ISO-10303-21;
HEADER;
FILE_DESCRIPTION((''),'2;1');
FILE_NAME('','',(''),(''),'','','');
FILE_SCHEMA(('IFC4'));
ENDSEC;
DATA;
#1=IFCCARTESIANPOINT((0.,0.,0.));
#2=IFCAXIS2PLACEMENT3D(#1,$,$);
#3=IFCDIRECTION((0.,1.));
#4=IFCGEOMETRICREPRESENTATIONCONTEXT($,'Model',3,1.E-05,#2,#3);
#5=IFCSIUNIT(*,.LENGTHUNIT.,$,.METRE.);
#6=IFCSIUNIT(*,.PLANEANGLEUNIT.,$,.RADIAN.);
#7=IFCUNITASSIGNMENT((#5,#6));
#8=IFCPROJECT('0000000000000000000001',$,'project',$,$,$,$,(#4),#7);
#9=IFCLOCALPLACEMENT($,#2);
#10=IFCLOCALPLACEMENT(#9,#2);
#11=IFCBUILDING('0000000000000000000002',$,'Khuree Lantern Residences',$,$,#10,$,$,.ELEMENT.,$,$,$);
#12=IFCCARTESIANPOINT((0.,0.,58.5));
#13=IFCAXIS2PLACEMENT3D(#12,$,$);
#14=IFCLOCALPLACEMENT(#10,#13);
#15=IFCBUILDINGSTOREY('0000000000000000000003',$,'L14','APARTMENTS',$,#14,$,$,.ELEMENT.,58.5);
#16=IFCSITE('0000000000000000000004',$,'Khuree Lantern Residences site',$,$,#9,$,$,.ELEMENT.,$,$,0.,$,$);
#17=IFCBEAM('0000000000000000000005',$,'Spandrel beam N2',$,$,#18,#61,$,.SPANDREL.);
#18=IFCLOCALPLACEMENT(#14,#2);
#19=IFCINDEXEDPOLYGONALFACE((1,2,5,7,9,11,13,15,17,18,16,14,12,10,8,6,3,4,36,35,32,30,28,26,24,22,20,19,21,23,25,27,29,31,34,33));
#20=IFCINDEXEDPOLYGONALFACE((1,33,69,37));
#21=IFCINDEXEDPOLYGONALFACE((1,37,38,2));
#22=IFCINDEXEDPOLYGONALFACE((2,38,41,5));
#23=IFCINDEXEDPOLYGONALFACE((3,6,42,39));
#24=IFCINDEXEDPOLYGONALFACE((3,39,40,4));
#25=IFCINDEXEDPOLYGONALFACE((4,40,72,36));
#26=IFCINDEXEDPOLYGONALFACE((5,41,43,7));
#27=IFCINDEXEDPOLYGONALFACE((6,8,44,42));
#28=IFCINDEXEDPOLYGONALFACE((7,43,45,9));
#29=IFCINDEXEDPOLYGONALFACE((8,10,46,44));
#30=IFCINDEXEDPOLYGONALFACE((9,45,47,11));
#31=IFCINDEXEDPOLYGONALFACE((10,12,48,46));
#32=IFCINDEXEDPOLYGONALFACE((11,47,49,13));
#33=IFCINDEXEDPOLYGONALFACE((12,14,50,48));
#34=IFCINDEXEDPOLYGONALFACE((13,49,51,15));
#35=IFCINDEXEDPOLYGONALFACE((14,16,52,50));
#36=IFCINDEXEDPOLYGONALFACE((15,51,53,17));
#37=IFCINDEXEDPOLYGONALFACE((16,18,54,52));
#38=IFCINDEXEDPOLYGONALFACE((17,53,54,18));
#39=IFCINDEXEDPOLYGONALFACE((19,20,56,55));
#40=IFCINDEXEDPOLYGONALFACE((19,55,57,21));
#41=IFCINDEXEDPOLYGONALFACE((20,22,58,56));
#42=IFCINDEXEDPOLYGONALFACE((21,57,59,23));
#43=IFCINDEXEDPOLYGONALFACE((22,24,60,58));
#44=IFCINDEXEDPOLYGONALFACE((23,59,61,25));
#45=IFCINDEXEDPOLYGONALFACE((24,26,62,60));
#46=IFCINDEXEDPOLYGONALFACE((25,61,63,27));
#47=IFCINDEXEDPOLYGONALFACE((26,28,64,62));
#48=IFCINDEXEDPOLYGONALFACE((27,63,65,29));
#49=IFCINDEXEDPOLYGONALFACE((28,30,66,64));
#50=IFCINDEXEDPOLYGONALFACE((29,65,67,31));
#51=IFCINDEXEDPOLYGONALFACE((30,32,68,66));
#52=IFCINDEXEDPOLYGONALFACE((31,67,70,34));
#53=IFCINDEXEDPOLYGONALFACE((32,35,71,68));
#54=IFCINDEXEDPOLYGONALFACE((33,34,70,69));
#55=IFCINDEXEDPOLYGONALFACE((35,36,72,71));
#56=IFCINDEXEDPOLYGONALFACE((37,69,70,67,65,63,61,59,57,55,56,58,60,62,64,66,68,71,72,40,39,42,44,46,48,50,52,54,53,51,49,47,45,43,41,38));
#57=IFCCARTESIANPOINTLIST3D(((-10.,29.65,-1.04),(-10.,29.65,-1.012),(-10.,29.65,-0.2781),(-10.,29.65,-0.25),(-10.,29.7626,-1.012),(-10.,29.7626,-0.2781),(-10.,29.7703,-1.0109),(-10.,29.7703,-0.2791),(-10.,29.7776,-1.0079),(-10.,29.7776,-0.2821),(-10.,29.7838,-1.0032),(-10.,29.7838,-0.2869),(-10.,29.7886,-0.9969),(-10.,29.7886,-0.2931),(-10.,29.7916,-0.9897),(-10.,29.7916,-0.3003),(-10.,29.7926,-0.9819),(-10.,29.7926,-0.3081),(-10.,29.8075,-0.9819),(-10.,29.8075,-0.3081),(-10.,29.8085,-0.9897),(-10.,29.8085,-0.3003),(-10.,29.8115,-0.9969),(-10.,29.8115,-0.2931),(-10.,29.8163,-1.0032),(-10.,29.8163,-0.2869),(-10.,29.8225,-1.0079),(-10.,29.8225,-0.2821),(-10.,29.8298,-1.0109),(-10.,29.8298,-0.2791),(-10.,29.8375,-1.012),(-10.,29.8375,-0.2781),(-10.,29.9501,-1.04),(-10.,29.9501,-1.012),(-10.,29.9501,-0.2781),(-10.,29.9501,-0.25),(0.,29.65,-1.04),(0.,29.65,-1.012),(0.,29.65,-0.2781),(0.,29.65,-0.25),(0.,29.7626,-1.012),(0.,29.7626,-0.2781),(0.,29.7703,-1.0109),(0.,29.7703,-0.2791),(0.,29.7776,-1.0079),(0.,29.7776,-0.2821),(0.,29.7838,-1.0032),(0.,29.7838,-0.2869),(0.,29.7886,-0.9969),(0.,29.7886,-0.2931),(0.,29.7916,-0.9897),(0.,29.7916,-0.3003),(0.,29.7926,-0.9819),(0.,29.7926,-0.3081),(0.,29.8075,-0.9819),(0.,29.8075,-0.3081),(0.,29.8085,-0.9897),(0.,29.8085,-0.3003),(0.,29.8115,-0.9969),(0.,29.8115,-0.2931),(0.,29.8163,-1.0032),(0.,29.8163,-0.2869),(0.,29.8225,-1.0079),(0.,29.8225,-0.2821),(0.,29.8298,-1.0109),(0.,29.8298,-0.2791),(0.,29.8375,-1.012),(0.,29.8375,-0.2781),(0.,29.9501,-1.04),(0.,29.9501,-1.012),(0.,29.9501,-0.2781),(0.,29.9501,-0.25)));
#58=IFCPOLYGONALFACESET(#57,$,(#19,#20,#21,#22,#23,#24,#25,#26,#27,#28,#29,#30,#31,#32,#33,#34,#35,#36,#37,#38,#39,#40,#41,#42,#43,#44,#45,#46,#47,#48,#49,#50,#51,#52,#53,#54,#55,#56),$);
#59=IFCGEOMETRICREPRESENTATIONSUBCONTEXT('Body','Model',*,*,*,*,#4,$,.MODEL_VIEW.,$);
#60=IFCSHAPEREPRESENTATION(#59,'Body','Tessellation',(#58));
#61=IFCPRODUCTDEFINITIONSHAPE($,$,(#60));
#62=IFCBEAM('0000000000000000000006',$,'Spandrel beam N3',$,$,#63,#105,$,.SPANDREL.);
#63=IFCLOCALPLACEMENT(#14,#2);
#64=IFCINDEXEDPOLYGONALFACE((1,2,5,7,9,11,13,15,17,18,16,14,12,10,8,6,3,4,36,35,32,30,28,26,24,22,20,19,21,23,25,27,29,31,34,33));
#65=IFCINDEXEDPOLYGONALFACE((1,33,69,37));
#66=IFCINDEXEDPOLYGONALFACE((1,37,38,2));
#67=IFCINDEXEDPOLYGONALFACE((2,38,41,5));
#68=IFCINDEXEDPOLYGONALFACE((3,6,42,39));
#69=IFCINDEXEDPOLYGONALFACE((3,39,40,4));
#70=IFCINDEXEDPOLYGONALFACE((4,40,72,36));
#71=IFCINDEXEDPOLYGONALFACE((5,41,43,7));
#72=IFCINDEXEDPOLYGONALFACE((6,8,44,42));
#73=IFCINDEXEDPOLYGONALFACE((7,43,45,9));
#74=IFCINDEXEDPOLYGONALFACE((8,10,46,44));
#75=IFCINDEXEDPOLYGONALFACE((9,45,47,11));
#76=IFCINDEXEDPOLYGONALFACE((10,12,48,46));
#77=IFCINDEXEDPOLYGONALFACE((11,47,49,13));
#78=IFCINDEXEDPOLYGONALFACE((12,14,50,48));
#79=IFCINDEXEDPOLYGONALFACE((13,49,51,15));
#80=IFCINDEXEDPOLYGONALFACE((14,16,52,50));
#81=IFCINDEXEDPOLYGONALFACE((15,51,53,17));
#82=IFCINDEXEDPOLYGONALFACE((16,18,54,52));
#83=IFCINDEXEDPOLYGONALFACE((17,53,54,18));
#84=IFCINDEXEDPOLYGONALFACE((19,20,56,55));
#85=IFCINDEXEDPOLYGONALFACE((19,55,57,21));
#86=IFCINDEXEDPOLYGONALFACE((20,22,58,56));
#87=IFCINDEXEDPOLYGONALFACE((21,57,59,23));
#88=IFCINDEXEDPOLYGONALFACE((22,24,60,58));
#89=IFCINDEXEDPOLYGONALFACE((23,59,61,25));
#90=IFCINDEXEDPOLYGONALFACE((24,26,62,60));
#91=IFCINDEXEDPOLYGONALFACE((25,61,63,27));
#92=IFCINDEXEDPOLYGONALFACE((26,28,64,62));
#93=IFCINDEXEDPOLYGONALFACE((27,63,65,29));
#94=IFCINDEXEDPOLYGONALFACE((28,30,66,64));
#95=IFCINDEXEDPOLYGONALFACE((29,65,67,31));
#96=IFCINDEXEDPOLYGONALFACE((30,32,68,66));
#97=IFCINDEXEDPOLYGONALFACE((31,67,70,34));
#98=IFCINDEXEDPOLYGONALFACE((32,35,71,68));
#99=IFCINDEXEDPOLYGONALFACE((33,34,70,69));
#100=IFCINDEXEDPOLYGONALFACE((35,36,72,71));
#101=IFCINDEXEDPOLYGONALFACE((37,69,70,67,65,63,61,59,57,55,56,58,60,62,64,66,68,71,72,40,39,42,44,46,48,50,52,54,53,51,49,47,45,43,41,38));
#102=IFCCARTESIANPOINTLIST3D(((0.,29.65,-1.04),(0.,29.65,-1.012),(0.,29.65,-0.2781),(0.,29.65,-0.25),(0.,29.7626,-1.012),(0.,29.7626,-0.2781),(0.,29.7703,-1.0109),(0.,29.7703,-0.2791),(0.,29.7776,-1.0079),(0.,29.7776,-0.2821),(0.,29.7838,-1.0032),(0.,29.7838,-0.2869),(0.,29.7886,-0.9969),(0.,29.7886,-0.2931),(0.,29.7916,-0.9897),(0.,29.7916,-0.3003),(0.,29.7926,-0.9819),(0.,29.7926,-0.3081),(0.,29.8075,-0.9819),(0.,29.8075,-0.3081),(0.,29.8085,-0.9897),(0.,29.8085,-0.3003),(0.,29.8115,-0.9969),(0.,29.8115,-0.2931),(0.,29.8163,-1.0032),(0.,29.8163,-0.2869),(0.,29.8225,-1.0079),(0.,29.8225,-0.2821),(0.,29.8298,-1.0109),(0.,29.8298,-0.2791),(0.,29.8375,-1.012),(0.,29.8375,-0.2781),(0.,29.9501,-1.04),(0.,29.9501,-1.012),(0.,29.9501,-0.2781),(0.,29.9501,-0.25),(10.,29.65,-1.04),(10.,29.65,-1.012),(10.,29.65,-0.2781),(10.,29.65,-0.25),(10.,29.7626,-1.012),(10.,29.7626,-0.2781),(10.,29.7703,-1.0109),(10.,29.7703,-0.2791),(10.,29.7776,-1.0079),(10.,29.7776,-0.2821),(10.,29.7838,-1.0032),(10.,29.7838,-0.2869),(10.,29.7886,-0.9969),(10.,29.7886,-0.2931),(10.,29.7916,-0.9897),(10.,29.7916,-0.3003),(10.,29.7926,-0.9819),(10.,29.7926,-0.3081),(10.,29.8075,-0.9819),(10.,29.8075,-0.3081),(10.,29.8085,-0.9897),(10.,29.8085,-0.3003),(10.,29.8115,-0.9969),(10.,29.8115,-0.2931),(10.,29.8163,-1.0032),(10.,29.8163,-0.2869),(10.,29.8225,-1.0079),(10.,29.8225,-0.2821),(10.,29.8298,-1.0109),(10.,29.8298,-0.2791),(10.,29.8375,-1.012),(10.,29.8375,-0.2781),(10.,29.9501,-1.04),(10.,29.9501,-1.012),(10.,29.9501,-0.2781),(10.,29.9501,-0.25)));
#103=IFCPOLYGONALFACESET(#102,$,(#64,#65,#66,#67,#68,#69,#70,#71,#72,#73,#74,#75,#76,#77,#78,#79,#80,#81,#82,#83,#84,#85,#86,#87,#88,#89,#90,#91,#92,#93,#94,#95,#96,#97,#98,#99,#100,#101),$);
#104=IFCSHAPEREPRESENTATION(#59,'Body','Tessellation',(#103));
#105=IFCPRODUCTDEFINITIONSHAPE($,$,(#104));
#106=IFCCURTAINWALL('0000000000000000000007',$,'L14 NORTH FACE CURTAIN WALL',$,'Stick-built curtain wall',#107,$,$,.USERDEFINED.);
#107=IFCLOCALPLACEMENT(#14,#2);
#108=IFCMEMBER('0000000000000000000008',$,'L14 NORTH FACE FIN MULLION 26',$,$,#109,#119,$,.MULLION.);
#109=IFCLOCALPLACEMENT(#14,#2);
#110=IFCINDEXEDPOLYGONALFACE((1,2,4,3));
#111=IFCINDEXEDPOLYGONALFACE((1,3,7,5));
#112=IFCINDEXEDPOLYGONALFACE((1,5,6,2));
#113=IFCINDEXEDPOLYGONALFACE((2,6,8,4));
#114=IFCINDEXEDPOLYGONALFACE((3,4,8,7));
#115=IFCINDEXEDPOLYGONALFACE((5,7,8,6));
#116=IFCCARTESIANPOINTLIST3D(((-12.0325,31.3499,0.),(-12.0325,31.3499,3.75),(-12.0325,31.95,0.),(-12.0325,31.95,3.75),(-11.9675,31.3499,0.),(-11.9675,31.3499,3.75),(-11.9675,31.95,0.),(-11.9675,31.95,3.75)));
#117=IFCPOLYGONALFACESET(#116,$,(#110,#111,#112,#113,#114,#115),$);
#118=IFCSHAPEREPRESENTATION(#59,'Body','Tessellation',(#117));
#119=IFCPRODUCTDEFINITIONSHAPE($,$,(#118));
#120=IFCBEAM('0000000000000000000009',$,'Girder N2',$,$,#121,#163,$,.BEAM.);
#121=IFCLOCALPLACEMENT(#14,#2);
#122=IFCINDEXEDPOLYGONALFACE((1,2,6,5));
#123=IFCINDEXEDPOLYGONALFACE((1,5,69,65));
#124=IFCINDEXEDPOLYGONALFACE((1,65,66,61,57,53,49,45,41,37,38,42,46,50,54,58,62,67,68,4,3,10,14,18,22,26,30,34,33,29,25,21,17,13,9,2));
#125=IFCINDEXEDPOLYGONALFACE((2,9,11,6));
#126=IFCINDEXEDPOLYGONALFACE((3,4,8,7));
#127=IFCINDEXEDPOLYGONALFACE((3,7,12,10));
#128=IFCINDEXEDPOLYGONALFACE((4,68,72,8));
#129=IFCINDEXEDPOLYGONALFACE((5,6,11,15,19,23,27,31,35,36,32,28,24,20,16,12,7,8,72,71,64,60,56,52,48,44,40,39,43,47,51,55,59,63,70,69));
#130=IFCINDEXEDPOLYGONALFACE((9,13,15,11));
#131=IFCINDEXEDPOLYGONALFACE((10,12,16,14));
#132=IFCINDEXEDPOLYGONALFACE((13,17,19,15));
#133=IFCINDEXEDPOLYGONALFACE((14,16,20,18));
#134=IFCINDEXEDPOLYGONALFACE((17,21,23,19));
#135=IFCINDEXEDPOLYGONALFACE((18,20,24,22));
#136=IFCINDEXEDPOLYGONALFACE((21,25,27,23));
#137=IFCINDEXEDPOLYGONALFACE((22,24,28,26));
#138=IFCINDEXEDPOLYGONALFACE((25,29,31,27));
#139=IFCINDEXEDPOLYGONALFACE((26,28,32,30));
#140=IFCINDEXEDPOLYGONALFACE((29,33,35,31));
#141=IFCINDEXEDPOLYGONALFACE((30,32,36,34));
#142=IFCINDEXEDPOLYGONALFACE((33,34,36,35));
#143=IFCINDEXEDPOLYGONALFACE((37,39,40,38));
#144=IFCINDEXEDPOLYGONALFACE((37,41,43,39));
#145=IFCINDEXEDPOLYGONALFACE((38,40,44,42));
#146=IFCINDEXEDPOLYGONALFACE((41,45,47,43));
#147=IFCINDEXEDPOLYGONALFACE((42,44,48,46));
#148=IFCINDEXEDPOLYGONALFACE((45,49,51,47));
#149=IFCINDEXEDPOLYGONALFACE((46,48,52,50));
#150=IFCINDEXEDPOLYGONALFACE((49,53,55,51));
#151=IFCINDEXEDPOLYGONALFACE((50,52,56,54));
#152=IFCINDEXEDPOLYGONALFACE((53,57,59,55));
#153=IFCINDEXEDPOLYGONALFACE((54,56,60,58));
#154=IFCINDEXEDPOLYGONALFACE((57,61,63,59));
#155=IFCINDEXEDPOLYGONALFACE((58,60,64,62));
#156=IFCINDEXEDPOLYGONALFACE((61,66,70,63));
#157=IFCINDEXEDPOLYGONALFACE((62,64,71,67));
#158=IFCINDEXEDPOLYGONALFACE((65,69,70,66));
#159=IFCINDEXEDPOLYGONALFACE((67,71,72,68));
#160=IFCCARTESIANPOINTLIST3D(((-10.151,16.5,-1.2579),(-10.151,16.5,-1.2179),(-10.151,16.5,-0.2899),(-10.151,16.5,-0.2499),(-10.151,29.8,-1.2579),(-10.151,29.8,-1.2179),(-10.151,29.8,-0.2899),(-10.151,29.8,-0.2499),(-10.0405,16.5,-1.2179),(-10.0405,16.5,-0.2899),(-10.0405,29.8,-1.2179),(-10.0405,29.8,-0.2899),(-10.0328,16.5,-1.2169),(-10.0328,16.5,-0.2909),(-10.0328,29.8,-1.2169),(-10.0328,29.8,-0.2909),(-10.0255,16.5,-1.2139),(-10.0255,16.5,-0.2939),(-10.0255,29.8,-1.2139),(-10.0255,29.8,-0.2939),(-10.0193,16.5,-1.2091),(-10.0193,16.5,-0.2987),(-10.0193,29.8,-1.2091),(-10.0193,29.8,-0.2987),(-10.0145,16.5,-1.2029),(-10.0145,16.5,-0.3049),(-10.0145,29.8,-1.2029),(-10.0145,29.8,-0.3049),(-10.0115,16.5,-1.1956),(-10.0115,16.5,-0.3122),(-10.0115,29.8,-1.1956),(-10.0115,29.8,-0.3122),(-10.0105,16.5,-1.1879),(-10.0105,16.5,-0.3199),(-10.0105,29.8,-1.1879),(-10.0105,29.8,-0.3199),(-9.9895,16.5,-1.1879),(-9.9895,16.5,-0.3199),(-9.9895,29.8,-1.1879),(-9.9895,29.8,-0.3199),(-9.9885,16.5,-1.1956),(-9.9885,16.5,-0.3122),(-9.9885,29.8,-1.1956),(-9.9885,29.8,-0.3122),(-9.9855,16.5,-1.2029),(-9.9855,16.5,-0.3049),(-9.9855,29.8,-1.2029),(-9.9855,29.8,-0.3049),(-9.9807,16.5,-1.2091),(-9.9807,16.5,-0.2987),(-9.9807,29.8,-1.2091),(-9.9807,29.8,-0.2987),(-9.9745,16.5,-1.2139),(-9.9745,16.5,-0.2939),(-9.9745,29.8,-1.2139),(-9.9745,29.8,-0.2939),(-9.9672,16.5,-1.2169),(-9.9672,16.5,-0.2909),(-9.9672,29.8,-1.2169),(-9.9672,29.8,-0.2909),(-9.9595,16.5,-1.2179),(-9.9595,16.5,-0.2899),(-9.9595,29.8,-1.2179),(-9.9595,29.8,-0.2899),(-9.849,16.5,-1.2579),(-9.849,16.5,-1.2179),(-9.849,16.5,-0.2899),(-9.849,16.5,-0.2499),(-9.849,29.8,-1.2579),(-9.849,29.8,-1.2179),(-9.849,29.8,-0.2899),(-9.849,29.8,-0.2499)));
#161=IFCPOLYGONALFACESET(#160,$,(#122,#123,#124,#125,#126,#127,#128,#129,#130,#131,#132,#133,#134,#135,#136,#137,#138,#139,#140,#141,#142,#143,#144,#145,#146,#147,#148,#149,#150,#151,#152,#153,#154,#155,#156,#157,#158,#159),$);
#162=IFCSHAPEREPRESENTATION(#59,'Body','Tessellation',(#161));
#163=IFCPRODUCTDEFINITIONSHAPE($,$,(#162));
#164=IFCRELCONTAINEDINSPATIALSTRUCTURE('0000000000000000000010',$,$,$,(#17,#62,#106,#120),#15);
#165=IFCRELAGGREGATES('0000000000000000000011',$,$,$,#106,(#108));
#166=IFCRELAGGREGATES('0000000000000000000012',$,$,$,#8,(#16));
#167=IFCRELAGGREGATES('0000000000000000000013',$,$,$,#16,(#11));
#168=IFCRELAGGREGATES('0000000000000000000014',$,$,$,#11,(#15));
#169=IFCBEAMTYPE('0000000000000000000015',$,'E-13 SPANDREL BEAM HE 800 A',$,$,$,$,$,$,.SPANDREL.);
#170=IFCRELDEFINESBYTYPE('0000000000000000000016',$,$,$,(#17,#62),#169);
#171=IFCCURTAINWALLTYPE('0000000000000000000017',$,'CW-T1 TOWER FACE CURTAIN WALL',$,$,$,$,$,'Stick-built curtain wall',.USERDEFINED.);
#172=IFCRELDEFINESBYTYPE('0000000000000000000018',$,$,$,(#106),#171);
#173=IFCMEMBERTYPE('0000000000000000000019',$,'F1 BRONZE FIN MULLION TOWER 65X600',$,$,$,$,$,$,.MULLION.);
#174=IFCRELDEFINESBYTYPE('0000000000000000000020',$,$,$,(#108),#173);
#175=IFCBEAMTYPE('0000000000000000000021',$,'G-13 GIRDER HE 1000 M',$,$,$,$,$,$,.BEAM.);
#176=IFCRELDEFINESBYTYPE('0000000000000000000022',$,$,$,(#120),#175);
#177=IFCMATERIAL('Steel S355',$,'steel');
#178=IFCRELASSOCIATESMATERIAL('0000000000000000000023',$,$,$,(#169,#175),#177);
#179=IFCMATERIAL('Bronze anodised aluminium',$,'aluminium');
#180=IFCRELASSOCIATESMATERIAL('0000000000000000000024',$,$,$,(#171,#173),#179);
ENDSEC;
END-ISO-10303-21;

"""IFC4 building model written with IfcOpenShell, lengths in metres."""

from ifc_helpers import new_model, si_unit, direction, frame, origin, origin_2d, place, context, subcontext, project, spatial, rectangle, i_section, extrude, material, material_profile, profile_set, type_object, element, aggregate, save


model = new_model("IFC4")

# Units and contexts
model_context = context("Model", 3, precision=1e-05, world=origin(), true_north=direction((0.0, 1.0)))
body_context = subcontext(model_context, "Body", "Model", "MODEL_VIEW")
ifc_project = project(units=[si_unit("LENGTHUNIT", "METRE"), si_unit("PLANEANGLEUNIT", "RADIAN")], contexts=[model_context])

# Site, building, storey
site_placement = place(None, origin())
site = spatial("IfcSite", under=ifc_project, at=site_placement, Name="Khuree Lantern Residences site", CompositionType="ELEMENT", RefElevation=0.0)
building_placement = place(site_placement, origin())
building = spatial("IfcBuilding", under=site, at=building_placement, Name="Khuree Lantern Residences", CompositionType="ELEMENT")
storey_placement = place(building_placement, frame((0.0, 0.0, 58.5)))
storey = spatial("IfcBuildingStorey", under=building, at=storey_placement, Name="L14", Description="APARTMENTS", CompositionType="ELEMENT", Elevation=58.5)

# Beams
ifc_material_1 = material(Name="Steel S355", Category="steel")
ifc_material_profile_1 = material_profile(ifc_material_1, i_section(OverallWidth=0.3, OverallDepth=0.79, WebThickness=0.0149, FlangeThickness=0.0281, FilletRadius=0.03, at=origin_2d()), Name="HE 800 A")
ifc_profile_set_1 = profile_set([ifc_material_profile_1], Name="Steel S355")
beam_type_1 = type_object("IfcBeamType", Name="E-13 SPANDREL BEAM HE 800 A", PredefinedType="SPANDREL", material=ifc_profile_set_1)
for number, where, z_axis, x_axis, name in (
    (1, (-10.0, 29.8, -0.645), (1.0, 0.0, 0.0), (0.0, 1.0, 0.0), "Spandrel beam N2"),
    (2, (0.0, 29.8, -0.645), (1.0, 0.0, 0.0), (0.0, 1.0, 0.0), "Spandrel beam N3"),
):
    element("IfcBeam", number, at=place(storey_placement, frame(where, z_axis=z_axis, x_axis=x_axis)), inside=storey, type_object=beam_type_1, Name=name, PredefinedType="SPANDREL", context=body_context, shape_type="SweptSolid", body=[
        extrude(i_section(OverallWidth=0.3, OverallDepth=0.79, WebThickness=0.0149, FlangeThickness=0.0281, FilletRadius=0.03, at=origin_2d()), origin(), (0.0, 0.0, 1.0), 10.0),
    ])

# Curtain wall, member
ifc_material_2 = material(Name="Bronze anodised aluminium", Category="aluminium")
curtain_wall_type = type_object("IfcCurtainWallType", Name="CW-T1 TOWER FACE CURTAIN WALL", ElementType="Stick-built curtain wall", PredefinedType="USERDEFINED", material=ifc_material_2)
curtain_wall_placement = place(storey_placement, origin())
curtain_wall = element("IfcCurtainWall", 3, at=curtain_wall_placement, inside=storey, type_object=curtain_wall_type, Name="L14 NORTH FACE CURTAIN WALL", ObjectType="Stick-built curtain wall", PredefinedType="USERDEFINED")
ifc_material_profile_2 = material_profile(ifc_material_2, rectangle(XDim=0.0649, YDim=0.6001, at=origin_2d()), Name="F1 65X600")
ifc_profile_set_2 = profile_set([ifc_material_profile_2], Name="Bronze anodised aluminium")
member_type_1 = type_object("IfcMemberType", Name="F1 BRONZE FIN MULLION TOWER 65X600", PredefinedType="MULLION", material=ifc_profile_set_2)
member_1_placement = place(storey_placement, frame((-12.0, 31.6499, 0.0), z_axis=(0.0, 0.0, 1.0), x_axis=(-1.0, 0.0, 0.0)))
member_1 = element("IfcMember", 4, at=member_1_placement, type_object=member_type_1, Name="L14 NORTH FACE FIN MULLION 26", PredefinedType="MULLION", context=body_context, shape_type="SweptSolid", body=[
    extrude(rectangle(XDim=0.0649, YDim=0.6001, at=origin_2d()), origin(), (0.0, 0.0, 1.0), 3.75),
])

# Beam
ifc_material_profile_3 = material_profile(ifc_material_1, i_section(OverallWidth=0.302, OverallDepth=1.0081, WebThickness=0.021, FlangeThickness=0.04, FilletRadius=0.03, at=origin_2d()), Name="HE 1000 M")
ifc_profile_set_3 = profile_set([ifc_material_profile_3], Name="Steel S355")
beam_type_2 = type_object("IfcBeamType", Name="G-13 GIRDER HE 1000 M", PredefinedType="BEAM", material=ifc_profile_set_3)
for number, where, z_axis, x_axis, name in (
    (5, (-10.0, 29.8, -0.7539), (0.0, -1.0, 0.0), (1.0, 0.0, 0.0), "Girder N2"),
):
    element("IfcBeam", number, at=place(storey_placement, frame(where, z_axis=z_axis, x_axis=x_axis)), inside=storey, type_object=beam_type_2, Name=name, PredefinedType="BEAM", context=body_context, shape_type="SweptSolid", body=[
        extrude(i_section(OverallWidth=0.302, OverallDepth=1.0081, WebThickness=0.021, FlangeThickness=0.04, FilletRadius=0.03, at=origin_2d()), origin(), (0.0, 0.0, 1.0), 13.3),
    ])

aggregate(curtain_wall, [member_1])

save(model, "model.ifc")
